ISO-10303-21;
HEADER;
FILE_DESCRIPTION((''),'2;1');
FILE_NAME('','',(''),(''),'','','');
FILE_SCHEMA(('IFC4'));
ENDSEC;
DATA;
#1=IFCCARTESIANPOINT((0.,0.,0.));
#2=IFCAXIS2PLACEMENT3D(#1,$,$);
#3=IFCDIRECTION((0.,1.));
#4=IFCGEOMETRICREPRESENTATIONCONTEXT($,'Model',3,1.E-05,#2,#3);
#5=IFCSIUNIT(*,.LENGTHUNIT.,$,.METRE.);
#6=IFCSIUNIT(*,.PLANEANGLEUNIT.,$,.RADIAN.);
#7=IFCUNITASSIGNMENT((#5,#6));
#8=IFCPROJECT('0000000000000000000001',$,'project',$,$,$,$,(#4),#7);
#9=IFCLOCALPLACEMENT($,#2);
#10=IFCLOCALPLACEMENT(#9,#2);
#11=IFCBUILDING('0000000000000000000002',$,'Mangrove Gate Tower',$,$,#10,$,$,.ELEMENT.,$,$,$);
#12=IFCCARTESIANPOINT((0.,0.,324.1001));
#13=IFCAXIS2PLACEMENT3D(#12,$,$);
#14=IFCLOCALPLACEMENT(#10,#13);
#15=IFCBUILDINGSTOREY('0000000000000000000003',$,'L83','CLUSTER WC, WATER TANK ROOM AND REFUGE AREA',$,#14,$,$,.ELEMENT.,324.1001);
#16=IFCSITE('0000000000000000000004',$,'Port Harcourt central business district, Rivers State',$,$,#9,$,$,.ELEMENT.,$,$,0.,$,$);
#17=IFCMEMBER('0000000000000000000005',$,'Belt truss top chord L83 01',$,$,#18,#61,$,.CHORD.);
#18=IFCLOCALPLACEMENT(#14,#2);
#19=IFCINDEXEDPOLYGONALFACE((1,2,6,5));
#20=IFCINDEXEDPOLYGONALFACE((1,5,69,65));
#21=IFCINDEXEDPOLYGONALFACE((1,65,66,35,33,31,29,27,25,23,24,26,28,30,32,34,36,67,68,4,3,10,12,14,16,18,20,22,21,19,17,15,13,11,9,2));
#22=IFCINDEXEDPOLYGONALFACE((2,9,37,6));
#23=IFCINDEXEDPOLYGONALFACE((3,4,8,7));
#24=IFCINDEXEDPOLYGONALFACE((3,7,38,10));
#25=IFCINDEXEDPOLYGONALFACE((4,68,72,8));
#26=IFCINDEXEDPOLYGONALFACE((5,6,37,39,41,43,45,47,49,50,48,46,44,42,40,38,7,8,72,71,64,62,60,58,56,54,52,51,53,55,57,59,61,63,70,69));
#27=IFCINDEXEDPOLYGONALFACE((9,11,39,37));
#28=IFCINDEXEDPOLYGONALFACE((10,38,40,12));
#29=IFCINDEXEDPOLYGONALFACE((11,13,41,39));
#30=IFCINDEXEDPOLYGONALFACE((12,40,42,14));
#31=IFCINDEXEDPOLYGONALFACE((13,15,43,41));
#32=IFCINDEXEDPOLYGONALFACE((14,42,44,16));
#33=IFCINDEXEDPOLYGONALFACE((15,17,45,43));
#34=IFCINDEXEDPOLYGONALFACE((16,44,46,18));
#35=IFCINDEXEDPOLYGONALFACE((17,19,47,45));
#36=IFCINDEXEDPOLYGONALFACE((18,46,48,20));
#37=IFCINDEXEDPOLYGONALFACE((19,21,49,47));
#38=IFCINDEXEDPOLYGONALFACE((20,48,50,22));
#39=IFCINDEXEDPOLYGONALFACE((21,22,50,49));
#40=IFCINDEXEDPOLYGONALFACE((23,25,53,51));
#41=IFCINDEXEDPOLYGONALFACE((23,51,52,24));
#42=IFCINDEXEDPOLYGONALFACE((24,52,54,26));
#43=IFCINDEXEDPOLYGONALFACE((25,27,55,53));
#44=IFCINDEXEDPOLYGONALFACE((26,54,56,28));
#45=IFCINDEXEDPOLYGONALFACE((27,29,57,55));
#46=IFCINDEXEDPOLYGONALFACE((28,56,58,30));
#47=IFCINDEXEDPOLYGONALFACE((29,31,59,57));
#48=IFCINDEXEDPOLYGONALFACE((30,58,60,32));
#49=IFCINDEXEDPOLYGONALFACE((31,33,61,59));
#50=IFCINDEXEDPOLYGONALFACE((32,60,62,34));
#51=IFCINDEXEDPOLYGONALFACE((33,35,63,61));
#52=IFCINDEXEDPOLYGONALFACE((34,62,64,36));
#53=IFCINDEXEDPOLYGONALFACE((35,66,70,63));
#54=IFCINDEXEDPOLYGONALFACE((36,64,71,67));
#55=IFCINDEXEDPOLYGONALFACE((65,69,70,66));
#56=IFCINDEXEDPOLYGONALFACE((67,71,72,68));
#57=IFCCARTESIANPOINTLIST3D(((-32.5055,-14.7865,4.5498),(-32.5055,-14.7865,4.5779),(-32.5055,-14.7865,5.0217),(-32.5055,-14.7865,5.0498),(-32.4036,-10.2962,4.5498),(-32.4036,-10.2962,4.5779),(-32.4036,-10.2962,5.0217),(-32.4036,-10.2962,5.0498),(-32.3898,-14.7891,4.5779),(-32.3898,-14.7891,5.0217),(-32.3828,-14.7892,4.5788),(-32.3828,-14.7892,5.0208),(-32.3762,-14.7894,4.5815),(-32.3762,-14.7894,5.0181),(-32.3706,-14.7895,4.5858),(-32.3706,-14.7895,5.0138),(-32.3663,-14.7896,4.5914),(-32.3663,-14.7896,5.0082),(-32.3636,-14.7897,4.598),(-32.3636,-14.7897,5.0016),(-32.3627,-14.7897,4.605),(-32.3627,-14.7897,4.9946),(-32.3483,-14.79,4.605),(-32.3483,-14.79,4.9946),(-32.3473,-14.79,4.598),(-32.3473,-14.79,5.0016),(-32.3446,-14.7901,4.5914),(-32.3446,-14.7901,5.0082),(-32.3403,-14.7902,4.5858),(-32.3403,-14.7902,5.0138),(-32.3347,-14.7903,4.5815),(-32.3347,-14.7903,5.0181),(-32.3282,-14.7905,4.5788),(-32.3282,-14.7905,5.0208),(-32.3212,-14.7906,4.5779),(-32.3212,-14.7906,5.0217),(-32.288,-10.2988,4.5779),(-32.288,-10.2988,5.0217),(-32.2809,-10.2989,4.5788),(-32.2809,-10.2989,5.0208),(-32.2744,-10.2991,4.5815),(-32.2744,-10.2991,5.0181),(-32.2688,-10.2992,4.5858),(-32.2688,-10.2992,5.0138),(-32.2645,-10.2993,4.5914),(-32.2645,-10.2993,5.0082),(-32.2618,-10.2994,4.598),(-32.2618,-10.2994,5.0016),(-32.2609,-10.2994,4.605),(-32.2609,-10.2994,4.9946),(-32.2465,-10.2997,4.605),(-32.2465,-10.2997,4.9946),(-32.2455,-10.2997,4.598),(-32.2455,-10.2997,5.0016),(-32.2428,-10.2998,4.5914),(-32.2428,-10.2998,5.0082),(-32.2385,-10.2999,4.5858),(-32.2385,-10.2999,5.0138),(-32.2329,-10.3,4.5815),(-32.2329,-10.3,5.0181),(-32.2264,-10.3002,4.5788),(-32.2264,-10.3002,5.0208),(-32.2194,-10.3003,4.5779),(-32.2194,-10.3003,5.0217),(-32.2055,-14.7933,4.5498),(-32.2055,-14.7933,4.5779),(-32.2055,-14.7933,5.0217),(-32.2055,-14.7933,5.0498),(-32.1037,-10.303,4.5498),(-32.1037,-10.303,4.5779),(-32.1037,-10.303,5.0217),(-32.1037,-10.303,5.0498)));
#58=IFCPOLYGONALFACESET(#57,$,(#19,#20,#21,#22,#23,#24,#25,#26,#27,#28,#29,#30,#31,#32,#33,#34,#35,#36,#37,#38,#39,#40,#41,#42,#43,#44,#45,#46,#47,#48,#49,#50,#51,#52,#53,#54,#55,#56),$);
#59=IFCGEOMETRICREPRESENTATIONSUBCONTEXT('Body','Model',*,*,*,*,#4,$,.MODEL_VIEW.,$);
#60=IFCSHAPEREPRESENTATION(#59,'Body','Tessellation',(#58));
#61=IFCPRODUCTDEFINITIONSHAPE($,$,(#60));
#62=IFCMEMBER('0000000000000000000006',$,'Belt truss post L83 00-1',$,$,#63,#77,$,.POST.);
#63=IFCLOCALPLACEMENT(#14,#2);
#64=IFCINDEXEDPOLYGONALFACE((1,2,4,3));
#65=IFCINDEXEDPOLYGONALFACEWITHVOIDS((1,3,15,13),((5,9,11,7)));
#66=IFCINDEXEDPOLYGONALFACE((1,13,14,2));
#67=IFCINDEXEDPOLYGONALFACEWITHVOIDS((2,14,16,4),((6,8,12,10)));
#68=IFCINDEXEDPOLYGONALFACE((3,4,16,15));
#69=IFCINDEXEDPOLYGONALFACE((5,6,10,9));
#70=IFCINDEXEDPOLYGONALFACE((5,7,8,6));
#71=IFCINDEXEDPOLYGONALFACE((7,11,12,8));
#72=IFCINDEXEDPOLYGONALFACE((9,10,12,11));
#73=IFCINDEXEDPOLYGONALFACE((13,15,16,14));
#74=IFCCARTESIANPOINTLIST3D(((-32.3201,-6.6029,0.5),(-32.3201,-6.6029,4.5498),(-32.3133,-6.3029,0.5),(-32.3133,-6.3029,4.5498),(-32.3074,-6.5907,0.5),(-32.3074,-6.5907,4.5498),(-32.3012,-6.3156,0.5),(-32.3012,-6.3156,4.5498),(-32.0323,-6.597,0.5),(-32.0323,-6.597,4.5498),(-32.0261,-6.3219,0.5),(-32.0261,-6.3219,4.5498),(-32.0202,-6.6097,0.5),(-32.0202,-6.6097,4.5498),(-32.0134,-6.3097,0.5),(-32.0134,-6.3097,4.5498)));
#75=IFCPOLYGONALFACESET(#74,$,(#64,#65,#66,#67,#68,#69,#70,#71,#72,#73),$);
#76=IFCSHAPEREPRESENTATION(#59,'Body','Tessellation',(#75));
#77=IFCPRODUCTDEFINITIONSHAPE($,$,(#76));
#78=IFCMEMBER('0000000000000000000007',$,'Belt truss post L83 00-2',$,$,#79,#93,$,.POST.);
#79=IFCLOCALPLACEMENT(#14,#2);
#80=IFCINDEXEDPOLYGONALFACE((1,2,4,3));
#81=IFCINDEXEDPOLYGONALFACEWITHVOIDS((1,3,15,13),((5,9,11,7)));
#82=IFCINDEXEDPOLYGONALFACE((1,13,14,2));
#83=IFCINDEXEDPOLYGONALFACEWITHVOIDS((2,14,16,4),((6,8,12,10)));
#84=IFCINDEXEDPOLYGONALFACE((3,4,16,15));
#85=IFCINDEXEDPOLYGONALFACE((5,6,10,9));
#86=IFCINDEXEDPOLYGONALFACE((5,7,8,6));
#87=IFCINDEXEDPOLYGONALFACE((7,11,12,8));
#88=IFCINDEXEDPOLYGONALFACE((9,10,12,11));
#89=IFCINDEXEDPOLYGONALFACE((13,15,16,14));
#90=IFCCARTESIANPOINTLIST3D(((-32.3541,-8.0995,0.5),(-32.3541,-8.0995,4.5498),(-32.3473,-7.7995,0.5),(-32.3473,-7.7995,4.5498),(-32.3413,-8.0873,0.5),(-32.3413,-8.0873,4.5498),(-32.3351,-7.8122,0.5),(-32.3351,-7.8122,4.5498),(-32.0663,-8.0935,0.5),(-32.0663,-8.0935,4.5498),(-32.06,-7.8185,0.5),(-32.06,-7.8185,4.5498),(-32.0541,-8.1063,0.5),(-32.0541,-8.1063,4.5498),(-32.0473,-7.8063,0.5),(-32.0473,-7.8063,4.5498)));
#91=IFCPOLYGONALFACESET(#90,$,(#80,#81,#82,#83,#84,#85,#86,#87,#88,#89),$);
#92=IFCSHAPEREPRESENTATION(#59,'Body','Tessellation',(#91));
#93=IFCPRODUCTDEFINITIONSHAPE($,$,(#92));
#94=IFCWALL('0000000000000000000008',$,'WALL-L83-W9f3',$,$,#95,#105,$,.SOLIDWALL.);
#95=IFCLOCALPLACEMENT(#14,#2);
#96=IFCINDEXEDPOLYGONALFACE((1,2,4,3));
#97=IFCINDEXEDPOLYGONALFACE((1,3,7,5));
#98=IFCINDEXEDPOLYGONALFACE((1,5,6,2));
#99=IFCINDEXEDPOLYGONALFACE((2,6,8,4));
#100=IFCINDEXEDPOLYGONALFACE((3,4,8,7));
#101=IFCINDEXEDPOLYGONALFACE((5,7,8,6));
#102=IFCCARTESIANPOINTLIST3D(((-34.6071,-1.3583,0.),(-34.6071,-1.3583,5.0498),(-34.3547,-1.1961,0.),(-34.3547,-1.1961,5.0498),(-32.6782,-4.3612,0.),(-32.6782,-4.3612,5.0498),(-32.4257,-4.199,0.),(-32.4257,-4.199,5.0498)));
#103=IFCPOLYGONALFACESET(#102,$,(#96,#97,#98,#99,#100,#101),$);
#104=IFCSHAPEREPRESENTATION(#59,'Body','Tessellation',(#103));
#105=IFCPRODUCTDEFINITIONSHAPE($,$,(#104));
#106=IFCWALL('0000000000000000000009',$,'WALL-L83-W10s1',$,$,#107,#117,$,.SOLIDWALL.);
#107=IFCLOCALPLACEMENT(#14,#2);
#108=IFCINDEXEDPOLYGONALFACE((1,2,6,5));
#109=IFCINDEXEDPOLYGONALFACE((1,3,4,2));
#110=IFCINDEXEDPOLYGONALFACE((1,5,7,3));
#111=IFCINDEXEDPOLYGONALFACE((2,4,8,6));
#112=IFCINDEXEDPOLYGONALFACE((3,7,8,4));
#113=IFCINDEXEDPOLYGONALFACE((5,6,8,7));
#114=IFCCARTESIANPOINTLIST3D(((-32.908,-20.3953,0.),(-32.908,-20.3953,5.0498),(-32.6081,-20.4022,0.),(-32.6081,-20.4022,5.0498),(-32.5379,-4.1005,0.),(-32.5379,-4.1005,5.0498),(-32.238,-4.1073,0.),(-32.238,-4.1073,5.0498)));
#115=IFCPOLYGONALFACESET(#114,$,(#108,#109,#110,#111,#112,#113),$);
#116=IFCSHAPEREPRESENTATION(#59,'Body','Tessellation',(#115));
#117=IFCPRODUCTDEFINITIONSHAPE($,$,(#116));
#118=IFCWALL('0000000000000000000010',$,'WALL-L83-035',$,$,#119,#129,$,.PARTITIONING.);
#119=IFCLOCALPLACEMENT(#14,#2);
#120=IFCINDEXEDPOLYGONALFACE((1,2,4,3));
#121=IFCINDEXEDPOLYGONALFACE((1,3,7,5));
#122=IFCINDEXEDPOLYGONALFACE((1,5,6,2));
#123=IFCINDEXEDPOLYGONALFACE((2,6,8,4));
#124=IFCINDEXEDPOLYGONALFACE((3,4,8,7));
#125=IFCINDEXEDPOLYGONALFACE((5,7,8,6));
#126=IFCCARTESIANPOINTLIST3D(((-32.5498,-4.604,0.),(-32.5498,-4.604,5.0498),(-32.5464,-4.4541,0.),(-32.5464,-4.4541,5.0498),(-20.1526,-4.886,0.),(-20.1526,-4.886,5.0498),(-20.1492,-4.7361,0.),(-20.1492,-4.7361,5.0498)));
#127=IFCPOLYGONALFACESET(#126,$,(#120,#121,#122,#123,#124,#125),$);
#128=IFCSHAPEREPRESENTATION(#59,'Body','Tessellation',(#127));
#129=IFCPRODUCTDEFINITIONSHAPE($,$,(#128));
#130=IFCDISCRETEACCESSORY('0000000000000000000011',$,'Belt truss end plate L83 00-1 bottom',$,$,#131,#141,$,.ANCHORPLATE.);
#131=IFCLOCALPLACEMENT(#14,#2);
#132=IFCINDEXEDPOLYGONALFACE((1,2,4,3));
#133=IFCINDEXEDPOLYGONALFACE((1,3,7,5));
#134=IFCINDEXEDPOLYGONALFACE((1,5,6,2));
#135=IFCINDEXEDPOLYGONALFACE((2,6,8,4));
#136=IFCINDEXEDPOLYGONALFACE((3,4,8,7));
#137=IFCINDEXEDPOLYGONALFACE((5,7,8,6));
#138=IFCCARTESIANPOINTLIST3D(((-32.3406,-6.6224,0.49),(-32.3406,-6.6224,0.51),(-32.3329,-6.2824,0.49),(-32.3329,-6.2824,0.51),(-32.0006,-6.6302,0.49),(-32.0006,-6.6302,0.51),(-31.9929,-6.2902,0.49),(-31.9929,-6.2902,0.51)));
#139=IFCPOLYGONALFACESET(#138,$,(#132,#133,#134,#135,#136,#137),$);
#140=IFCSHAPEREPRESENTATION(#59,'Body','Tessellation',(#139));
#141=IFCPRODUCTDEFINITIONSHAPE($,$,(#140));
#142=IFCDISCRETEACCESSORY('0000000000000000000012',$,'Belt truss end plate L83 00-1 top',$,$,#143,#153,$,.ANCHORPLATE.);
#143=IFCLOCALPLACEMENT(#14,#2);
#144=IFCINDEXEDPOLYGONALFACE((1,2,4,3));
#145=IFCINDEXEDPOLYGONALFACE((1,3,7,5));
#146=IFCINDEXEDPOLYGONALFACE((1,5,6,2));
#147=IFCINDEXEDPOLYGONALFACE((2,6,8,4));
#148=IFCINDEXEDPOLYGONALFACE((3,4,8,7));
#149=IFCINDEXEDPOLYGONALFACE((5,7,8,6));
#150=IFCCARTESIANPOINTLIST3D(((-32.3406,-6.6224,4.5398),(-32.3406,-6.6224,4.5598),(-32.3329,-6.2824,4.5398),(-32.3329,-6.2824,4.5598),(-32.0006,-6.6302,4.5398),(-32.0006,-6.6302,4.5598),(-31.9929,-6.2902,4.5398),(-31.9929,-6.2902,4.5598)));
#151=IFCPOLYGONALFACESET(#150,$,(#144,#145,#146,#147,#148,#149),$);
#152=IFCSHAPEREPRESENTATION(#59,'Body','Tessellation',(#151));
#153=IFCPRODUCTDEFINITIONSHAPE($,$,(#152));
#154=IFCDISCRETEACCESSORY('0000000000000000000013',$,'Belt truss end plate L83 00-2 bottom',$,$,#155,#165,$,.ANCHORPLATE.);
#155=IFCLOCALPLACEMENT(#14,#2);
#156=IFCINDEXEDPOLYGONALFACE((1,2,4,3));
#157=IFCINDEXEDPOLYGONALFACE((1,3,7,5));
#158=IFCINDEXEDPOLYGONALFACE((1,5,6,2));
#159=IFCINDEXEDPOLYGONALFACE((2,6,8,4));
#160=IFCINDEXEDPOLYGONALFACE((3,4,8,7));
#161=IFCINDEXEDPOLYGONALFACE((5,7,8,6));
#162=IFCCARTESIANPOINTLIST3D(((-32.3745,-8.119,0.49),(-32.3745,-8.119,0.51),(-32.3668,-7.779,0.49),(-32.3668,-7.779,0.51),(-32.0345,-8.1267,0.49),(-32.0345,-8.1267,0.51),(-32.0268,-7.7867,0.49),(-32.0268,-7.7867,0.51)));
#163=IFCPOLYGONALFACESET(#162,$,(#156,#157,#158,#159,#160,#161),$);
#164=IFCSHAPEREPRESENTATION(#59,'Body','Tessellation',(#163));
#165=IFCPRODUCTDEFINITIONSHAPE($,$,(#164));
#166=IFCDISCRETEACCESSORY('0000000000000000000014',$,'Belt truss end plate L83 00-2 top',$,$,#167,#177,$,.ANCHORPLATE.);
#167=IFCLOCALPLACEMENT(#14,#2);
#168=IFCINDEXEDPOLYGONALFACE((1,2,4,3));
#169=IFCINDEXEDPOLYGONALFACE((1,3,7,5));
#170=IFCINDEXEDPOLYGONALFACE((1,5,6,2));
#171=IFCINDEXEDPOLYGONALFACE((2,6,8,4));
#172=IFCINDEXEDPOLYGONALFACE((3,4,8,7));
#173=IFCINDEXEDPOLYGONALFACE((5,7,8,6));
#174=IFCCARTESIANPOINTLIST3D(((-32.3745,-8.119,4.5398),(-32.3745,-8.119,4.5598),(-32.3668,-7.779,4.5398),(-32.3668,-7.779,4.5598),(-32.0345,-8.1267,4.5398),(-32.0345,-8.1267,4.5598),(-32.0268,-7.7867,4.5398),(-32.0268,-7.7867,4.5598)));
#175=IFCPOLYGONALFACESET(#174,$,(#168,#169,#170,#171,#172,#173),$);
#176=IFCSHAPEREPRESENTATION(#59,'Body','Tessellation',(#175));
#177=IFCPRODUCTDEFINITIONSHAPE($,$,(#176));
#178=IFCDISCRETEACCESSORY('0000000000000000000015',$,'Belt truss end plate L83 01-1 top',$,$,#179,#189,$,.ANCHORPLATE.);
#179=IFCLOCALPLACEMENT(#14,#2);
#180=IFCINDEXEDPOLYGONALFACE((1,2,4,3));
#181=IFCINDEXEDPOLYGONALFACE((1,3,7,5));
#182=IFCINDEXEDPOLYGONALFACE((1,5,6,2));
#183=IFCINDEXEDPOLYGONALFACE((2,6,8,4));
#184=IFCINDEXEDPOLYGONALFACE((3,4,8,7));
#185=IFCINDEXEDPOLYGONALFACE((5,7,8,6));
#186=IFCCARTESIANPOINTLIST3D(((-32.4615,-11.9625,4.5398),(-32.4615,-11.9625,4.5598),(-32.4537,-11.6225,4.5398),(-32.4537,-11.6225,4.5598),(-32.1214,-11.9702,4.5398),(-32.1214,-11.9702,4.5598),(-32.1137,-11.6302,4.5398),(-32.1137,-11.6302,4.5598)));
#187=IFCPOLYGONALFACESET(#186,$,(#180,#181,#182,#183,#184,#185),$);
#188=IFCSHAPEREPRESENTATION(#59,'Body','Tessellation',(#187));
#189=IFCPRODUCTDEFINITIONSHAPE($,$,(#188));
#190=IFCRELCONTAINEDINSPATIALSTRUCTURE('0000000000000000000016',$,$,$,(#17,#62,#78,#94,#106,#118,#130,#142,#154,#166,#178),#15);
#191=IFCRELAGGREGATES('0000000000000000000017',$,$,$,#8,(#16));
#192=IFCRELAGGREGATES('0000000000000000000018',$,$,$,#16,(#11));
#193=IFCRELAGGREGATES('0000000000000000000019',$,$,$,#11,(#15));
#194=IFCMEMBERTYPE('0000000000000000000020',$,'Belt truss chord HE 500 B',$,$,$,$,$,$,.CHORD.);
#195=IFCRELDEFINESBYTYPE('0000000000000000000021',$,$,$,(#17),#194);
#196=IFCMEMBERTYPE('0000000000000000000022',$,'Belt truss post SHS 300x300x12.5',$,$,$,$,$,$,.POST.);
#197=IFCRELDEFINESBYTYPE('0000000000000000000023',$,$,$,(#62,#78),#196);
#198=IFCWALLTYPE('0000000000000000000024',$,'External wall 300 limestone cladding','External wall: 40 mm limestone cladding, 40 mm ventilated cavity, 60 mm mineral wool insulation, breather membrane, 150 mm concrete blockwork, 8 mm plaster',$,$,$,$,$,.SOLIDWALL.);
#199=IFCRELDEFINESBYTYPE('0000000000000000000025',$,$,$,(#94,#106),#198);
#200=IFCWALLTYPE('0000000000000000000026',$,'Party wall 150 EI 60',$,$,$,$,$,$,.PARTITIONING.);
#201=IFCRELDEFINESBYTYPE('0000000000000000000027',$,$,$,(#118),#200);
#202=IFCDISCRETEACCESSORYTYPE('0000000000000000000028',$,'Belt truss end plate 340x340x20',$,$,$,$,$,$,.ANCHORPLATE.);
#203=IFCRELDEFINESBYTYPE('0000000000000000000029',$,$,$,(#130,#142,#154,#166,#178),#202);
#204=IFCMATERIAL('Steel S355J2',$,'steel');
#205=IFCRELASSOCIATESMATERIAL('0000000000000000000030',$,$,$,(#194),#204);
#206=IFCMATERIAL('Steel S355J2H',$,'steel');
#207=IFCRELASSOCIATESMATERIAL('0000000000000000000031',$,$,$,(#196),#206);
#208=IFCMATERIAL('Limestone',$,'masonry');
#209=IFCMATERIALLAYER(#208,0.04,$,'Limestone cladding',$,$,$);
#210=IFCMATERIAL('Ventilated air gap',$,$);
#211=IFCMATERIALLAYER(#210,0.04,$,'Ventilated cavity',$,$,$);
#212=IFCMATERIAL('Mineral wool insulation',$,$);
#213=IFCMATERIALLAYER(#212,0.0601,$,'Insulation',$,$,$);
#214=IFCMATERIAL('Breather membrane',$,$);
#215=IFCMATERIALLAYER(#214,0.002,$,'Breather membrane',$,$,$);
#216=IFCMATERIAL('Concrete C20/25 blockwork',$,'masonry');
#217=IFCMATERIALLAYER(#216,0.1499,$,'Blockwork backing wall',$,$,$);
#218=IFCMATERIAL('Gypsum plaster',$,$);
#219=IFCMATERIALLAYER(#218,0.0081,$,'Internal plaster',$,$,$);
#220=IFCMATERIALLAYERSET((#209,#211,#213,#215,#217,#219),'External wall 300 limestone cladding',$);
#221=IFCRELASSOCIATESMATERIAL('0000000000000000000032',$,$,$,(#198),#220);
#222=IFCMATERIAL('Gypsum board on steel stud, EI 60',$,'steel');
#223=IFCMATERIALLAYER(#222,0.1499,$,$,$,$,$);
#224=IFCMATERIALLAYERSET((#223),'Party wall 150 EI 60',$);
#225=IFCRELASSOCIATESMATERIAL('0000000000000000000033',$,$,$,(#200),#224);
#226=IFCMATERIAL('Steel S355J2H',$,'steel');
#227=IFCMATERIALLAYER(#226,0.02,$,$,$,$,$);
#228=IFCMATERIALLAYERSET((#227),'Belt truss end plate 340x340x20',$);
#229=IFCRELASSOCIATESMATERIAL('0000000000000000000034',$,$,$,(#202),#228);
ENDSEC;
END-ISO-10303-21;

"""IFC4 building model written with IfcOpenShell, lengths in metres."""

from ifc_helpers import new_model, si_unit, direction, frame, frame_2d, origin, origin_2d, place, context, subcontext, project, spatial, rectangle, hollow_rectangle, i_section, extrude, material, layer, layer_set, material_profile, profile_set, type_object, element, save


model = new_model("IFC4")

# Units and contexts
model_context = context("Model", 3, precision=1e-05, world=origin(), true_north=direction((0.0, 1.0)))
body_context = subcontext(model_context, "Body", "Model", "MODEL_VIEW")
ifc_project = project(units=[si_unit("LENGTHUNIT", "METRE"), si_unit("PLANEANGLEUNIT", "RADIAN")], contexts=[model_context])

# Site, building, storey
site_placement = place(None, origin())
site = spatial("IfcSite", under=ifc_project, at=site_placement, Name="Port Harcourt central business district, Rivers State", CompositionType="ELEMENT", RefElevation=0.0)
building_placement = place(site_placement, origin())
building = spatial("IfcBuilding", under=site, at=building_placement, Name="Mangrove Gate Tower", CompositionType="ELEMENT")
storey_placement = place(building_placement, frame((0.0, 0.0, 324.1001)))
storey = spatial("IfcBuildingStorey", under=building, at=storey_placement, Name="L83", Description="CLUSTER WC, WATER TANK ROOM AND REFUGE AREA", CompositionType="ELEMENT", Elevation=324.1001)

# Members
ifc_material_1 = material(Name="Steel S355J2", Category="steel")
ifc_material_profile_1 = material_profile(ifc_material_1, i_section(OverallWidth=0.3, OverallDepth=0.5, WebThickness=0.0144, FlangeThickness=0.0281, FilletRadius=0.0271, at=origin_2d()))
ifc_profile_set_1 = profile_set([ifc_material_profile_1], Name="Steel S355J2")
member_type_1 = type_object("IfcMemberType", Name="Belt truss chord HE 500 B", PredefinedType="CHORD", material=ifc_profile_set_1)
for number, where, z_axis, x_axis, name in (
    (1, (-32.2537, -10.2996, 4.7998), (-0.022667, -0.999743, 0.0), (0.999743, -0.022667, 0.0), "Belt truss top chord L83 01"),
):
    element("IfcMember", number, at=place(storey_placement, frame(where, z_axis=z_axis, x_axis=x_axis)), inside=storey, type_object=member_type_1, Name=name, PredefinedType="CHORD", context=body_context, shape_type="SweptSolid", body=[
        extrude(i_section(OverallWidth=0.3, OverallDepth=0.5, WebThickness=0.0144, FlangeThickness=0.0281, FilletRadius=0.0271, at=origin_2d()), origin(), (0.0, 0.0, 1.0), 4.4915),
    ])
ifc_material_2 = material(Name="Steel S355J2H", Category="steel")
ifc_material_profile_2 = material_profile(ifc_material_2, hollow_rectangle(XDim=0.3, YDim=0.3, WallThickness=0.0125, at=origin_2d()))
ifc_profile_set_2 = profile_set([ifc_material_profile_2], Name="Steel S355J2H")
member_type_2 = type_object("IfcMemberType", Name="Belt truss post SHS 300x300x12.5", PredefinedType="POST", material=ifc_profile_set_2)
for number, where, z_axis, x_axis, name in (
    (2, (-32.1667, -6.4563, 0.5), (0.0, 0.0, 1.0), (-0.022653, -0.999743, 0.0), "Belt truss post L83 00-1"),
    (3, (-32.2007, -7.9529, 0.5), (0.0, 0.0, 1.0), (-0.022653, -0.999743, 0.0), "Belt truss post L83 00-2"),
):
    element("IfcMember", number, at=place(storey_placement, frame(where, z_axis=z_axis, x_axis=x_axis)), inside=storey, type_object=member_type_2, Name=name, PredefinedType="POST", context=body_context, shape_type="SweptSolid", body=[
        extrude(hollow_rectangle(XDim=0.3, YDim=0.3, WallThickness=0.0125, at=origin_2d()), origin(), (0.0, 0.0, 1.0), 4.0498),
    ])

# Walls
ifc_material_3 = material(Name="Limestone", Category="masonry")
ifc_layer_1 = layer(ifc_material_3, 0.04, Name="Limestone cladding")
ifc_material_4 = material(Name="Ventilated air gap")
ifc_layer_2 = layer(ifc_material_4, 0.04, Name="Ventilated cavity")
ifc_material_5 = material(Name="Mineral wool insulation")
ifc_layer_3 = layer(ifc_material_5, 0.0601, Name="Insulation")
ifc_material_6 = material(Name="Breather membrane")
ifc_layer_4 = layer(ifc_material_6, 0.002, Name="Breather membrane")
ifc_material_7 = material(Name="Concrete C20/25 blockwork", Category="masonry")
ifc_layer_5 = layer(ifc_material_7, 0.1499, Name="Blockwork backing wall")
ifc_material_8 = material(Name="Gypsum plaster")
ifc_layer_6 = layer(ifc_material_8, 0.0081, Name="Internal plaster")
ifc_layer_set_1 = layer_set([ifc_layer_1, ifc_layer_2, ifc_layer_3, ifc_layer_4, ifc_layer_5, ifc_layer_6], Name="External wall 300 limestone cladding")
wall_type_1 = type_object("IfcWallType", Name="External wall 300 limestone cladding", Description="External wall: 40 mm limestone cladding, 40 mm ventilated cavity, 60 mm mineral wool insulation, breather membrane, 150 mm concrete blockwork, 8 mm plaster", PredefinedType="SOLIDWALL", material=ifc_layer_set_1)
wall_1_placement = place(storey_placement, frame((-34.481, -1.2771, 0.0), z_axis=(0.0, 0.0, 1.0), x_axis=(0.54046, -0.84137, 0.0)))
element("IfcWall", 4, at=wall_1_placement, inside=storey, type_object=wall_type_1, Name="WALL-L83-W9f3", PredefinedType="SOLIDWALL", context=body_context, shape_type="SweptSolid", body=[
    extrude(rectangle(XDim=3.5691, YDim=0.3, at=frame_2d((1.7847, 0.0))), origin(), (0.0, 0.0, 1.0), 5.0498),
])
wall_2_placement = place(storey_placement, frame((-32.3879, -4.104, 0.0), z_axis=(0.0, 0.0, 1.0), x_axis=(-0.022708, -0.999742, 0.0)))
element("IfcWall", 5, at=wall_2_placement, inside=storey, type_object=wall_type_1, Name="WALL-L83-W10s1", PredefinedType="SOLIDWALL", context=body_context, shape_type="SweptSolid", body=[
    extrude(rectangle(XDim=16.2991, YDim=0.3, at=frame_2d((8.1494, 0.0))), origin(), (0.0, 0.0, 1.0), 5.0498),
])
ifc_material_9 = material(Name="Gypsum board on steel stud, EI 60", Category="steel")
ifc_layer_7 = layer(ifc_material_9, 0.1499)
ifc_layer_set_2 = layer_set([ifc_layer_7], Name="Party wall 150 EI 60")
wall_type_2 = type_object("IfcWallType", Name="Party wall 150 EI 60", PredefinedType="PARTITIONING", material=ifc_layer_set_2)
wall_3_placement = place(storey_placement, frame((-32.5481, -4.5291, 0.0), z_axis=(0.0, 0.0, 1.0), x_axis=(0.999741, -0.02274, 0.0)))
element("IfcWall", 6, at=wall_3_placement, inside=storey, type_object=wall_type_2, Name="WALL-L83-035", PredefinedType="PARTITIONING", context=body_context, shape_type="SweptSolid", body=[
    extrude(rectangle(XDim=12.4004, YDim=0.1499, at=frame_2d((6.2002, 0.0))), origin(), (0.0, 0.0, 1.0), 5.0498),
])

# Discrete accessories
ifc_material_10 = material(Name="Steel S355J2H", Category="steel")
ifc_layer_8 = layer(ifc_material_10, 0.02)
ifc_layer_set_3 = layer_set([ifc_layer_8], Name="Belt truss end plate 340x340x20")
discrete_accessory_type = type_object("IfcDiscreteAccessoryType", Name="Belt truss end plate 340x340x20", PredefinedType="ANCHORPLATE", material=ifc_layer_set_3)
for number, where, z_axis, x_axis, name in (
    (7, (-32.1667, -6.4563, 0.49), (0.0, 0.0, 1.0), (-0.022653, -0.999743, 0.0), "Belt truss end plate L83 00-1 bottom"),
    (8, (-32.1667, -6.4563, 4.5398), (0.0, 0.0, 1.0), (-0.022653, -0.999743, 0.0), "Belt truss end plate L83 00-1 top"),
    (9, (-32.2007, -7.9529, 0.49), (0.0, 0.0, 1.0), (-0.022653, -0.999743, 0.0), "Belt truss end plate L83 00-2 bottom"),
    (10, (-32.2007, -7.9529, 4.5398), (0.0, 0.0, 1.0), (-0.022653, -0.999743, 0.0), "Belt truss end plate L83 00-2 top"),
    (11, (-32.2876, -11.7964, 4.5398), (0.0, 0.0, 1.0), (-0.022653, -0.999743, 0.0), "Belt truss end plate L83 01-1 top"),
):
    element("IfcDiscreteAccessory", number, at=place(storey_placement, frame(where, z_axis=z_axis, x_axis=x_axis)), inside=storey, type_object=discrete_accessory_type, Name=name, PredefinedType="ANCHORPLATE", context=body_context, shape_type="SweptSolid", body=[
        extrude(rectangle(XDim=0.3401, YDim=0.3401, at=origin_2d()), origin(), (0.0, 0.0, 1.0), 0.02),
    ])

save(model, "model.ifc")
